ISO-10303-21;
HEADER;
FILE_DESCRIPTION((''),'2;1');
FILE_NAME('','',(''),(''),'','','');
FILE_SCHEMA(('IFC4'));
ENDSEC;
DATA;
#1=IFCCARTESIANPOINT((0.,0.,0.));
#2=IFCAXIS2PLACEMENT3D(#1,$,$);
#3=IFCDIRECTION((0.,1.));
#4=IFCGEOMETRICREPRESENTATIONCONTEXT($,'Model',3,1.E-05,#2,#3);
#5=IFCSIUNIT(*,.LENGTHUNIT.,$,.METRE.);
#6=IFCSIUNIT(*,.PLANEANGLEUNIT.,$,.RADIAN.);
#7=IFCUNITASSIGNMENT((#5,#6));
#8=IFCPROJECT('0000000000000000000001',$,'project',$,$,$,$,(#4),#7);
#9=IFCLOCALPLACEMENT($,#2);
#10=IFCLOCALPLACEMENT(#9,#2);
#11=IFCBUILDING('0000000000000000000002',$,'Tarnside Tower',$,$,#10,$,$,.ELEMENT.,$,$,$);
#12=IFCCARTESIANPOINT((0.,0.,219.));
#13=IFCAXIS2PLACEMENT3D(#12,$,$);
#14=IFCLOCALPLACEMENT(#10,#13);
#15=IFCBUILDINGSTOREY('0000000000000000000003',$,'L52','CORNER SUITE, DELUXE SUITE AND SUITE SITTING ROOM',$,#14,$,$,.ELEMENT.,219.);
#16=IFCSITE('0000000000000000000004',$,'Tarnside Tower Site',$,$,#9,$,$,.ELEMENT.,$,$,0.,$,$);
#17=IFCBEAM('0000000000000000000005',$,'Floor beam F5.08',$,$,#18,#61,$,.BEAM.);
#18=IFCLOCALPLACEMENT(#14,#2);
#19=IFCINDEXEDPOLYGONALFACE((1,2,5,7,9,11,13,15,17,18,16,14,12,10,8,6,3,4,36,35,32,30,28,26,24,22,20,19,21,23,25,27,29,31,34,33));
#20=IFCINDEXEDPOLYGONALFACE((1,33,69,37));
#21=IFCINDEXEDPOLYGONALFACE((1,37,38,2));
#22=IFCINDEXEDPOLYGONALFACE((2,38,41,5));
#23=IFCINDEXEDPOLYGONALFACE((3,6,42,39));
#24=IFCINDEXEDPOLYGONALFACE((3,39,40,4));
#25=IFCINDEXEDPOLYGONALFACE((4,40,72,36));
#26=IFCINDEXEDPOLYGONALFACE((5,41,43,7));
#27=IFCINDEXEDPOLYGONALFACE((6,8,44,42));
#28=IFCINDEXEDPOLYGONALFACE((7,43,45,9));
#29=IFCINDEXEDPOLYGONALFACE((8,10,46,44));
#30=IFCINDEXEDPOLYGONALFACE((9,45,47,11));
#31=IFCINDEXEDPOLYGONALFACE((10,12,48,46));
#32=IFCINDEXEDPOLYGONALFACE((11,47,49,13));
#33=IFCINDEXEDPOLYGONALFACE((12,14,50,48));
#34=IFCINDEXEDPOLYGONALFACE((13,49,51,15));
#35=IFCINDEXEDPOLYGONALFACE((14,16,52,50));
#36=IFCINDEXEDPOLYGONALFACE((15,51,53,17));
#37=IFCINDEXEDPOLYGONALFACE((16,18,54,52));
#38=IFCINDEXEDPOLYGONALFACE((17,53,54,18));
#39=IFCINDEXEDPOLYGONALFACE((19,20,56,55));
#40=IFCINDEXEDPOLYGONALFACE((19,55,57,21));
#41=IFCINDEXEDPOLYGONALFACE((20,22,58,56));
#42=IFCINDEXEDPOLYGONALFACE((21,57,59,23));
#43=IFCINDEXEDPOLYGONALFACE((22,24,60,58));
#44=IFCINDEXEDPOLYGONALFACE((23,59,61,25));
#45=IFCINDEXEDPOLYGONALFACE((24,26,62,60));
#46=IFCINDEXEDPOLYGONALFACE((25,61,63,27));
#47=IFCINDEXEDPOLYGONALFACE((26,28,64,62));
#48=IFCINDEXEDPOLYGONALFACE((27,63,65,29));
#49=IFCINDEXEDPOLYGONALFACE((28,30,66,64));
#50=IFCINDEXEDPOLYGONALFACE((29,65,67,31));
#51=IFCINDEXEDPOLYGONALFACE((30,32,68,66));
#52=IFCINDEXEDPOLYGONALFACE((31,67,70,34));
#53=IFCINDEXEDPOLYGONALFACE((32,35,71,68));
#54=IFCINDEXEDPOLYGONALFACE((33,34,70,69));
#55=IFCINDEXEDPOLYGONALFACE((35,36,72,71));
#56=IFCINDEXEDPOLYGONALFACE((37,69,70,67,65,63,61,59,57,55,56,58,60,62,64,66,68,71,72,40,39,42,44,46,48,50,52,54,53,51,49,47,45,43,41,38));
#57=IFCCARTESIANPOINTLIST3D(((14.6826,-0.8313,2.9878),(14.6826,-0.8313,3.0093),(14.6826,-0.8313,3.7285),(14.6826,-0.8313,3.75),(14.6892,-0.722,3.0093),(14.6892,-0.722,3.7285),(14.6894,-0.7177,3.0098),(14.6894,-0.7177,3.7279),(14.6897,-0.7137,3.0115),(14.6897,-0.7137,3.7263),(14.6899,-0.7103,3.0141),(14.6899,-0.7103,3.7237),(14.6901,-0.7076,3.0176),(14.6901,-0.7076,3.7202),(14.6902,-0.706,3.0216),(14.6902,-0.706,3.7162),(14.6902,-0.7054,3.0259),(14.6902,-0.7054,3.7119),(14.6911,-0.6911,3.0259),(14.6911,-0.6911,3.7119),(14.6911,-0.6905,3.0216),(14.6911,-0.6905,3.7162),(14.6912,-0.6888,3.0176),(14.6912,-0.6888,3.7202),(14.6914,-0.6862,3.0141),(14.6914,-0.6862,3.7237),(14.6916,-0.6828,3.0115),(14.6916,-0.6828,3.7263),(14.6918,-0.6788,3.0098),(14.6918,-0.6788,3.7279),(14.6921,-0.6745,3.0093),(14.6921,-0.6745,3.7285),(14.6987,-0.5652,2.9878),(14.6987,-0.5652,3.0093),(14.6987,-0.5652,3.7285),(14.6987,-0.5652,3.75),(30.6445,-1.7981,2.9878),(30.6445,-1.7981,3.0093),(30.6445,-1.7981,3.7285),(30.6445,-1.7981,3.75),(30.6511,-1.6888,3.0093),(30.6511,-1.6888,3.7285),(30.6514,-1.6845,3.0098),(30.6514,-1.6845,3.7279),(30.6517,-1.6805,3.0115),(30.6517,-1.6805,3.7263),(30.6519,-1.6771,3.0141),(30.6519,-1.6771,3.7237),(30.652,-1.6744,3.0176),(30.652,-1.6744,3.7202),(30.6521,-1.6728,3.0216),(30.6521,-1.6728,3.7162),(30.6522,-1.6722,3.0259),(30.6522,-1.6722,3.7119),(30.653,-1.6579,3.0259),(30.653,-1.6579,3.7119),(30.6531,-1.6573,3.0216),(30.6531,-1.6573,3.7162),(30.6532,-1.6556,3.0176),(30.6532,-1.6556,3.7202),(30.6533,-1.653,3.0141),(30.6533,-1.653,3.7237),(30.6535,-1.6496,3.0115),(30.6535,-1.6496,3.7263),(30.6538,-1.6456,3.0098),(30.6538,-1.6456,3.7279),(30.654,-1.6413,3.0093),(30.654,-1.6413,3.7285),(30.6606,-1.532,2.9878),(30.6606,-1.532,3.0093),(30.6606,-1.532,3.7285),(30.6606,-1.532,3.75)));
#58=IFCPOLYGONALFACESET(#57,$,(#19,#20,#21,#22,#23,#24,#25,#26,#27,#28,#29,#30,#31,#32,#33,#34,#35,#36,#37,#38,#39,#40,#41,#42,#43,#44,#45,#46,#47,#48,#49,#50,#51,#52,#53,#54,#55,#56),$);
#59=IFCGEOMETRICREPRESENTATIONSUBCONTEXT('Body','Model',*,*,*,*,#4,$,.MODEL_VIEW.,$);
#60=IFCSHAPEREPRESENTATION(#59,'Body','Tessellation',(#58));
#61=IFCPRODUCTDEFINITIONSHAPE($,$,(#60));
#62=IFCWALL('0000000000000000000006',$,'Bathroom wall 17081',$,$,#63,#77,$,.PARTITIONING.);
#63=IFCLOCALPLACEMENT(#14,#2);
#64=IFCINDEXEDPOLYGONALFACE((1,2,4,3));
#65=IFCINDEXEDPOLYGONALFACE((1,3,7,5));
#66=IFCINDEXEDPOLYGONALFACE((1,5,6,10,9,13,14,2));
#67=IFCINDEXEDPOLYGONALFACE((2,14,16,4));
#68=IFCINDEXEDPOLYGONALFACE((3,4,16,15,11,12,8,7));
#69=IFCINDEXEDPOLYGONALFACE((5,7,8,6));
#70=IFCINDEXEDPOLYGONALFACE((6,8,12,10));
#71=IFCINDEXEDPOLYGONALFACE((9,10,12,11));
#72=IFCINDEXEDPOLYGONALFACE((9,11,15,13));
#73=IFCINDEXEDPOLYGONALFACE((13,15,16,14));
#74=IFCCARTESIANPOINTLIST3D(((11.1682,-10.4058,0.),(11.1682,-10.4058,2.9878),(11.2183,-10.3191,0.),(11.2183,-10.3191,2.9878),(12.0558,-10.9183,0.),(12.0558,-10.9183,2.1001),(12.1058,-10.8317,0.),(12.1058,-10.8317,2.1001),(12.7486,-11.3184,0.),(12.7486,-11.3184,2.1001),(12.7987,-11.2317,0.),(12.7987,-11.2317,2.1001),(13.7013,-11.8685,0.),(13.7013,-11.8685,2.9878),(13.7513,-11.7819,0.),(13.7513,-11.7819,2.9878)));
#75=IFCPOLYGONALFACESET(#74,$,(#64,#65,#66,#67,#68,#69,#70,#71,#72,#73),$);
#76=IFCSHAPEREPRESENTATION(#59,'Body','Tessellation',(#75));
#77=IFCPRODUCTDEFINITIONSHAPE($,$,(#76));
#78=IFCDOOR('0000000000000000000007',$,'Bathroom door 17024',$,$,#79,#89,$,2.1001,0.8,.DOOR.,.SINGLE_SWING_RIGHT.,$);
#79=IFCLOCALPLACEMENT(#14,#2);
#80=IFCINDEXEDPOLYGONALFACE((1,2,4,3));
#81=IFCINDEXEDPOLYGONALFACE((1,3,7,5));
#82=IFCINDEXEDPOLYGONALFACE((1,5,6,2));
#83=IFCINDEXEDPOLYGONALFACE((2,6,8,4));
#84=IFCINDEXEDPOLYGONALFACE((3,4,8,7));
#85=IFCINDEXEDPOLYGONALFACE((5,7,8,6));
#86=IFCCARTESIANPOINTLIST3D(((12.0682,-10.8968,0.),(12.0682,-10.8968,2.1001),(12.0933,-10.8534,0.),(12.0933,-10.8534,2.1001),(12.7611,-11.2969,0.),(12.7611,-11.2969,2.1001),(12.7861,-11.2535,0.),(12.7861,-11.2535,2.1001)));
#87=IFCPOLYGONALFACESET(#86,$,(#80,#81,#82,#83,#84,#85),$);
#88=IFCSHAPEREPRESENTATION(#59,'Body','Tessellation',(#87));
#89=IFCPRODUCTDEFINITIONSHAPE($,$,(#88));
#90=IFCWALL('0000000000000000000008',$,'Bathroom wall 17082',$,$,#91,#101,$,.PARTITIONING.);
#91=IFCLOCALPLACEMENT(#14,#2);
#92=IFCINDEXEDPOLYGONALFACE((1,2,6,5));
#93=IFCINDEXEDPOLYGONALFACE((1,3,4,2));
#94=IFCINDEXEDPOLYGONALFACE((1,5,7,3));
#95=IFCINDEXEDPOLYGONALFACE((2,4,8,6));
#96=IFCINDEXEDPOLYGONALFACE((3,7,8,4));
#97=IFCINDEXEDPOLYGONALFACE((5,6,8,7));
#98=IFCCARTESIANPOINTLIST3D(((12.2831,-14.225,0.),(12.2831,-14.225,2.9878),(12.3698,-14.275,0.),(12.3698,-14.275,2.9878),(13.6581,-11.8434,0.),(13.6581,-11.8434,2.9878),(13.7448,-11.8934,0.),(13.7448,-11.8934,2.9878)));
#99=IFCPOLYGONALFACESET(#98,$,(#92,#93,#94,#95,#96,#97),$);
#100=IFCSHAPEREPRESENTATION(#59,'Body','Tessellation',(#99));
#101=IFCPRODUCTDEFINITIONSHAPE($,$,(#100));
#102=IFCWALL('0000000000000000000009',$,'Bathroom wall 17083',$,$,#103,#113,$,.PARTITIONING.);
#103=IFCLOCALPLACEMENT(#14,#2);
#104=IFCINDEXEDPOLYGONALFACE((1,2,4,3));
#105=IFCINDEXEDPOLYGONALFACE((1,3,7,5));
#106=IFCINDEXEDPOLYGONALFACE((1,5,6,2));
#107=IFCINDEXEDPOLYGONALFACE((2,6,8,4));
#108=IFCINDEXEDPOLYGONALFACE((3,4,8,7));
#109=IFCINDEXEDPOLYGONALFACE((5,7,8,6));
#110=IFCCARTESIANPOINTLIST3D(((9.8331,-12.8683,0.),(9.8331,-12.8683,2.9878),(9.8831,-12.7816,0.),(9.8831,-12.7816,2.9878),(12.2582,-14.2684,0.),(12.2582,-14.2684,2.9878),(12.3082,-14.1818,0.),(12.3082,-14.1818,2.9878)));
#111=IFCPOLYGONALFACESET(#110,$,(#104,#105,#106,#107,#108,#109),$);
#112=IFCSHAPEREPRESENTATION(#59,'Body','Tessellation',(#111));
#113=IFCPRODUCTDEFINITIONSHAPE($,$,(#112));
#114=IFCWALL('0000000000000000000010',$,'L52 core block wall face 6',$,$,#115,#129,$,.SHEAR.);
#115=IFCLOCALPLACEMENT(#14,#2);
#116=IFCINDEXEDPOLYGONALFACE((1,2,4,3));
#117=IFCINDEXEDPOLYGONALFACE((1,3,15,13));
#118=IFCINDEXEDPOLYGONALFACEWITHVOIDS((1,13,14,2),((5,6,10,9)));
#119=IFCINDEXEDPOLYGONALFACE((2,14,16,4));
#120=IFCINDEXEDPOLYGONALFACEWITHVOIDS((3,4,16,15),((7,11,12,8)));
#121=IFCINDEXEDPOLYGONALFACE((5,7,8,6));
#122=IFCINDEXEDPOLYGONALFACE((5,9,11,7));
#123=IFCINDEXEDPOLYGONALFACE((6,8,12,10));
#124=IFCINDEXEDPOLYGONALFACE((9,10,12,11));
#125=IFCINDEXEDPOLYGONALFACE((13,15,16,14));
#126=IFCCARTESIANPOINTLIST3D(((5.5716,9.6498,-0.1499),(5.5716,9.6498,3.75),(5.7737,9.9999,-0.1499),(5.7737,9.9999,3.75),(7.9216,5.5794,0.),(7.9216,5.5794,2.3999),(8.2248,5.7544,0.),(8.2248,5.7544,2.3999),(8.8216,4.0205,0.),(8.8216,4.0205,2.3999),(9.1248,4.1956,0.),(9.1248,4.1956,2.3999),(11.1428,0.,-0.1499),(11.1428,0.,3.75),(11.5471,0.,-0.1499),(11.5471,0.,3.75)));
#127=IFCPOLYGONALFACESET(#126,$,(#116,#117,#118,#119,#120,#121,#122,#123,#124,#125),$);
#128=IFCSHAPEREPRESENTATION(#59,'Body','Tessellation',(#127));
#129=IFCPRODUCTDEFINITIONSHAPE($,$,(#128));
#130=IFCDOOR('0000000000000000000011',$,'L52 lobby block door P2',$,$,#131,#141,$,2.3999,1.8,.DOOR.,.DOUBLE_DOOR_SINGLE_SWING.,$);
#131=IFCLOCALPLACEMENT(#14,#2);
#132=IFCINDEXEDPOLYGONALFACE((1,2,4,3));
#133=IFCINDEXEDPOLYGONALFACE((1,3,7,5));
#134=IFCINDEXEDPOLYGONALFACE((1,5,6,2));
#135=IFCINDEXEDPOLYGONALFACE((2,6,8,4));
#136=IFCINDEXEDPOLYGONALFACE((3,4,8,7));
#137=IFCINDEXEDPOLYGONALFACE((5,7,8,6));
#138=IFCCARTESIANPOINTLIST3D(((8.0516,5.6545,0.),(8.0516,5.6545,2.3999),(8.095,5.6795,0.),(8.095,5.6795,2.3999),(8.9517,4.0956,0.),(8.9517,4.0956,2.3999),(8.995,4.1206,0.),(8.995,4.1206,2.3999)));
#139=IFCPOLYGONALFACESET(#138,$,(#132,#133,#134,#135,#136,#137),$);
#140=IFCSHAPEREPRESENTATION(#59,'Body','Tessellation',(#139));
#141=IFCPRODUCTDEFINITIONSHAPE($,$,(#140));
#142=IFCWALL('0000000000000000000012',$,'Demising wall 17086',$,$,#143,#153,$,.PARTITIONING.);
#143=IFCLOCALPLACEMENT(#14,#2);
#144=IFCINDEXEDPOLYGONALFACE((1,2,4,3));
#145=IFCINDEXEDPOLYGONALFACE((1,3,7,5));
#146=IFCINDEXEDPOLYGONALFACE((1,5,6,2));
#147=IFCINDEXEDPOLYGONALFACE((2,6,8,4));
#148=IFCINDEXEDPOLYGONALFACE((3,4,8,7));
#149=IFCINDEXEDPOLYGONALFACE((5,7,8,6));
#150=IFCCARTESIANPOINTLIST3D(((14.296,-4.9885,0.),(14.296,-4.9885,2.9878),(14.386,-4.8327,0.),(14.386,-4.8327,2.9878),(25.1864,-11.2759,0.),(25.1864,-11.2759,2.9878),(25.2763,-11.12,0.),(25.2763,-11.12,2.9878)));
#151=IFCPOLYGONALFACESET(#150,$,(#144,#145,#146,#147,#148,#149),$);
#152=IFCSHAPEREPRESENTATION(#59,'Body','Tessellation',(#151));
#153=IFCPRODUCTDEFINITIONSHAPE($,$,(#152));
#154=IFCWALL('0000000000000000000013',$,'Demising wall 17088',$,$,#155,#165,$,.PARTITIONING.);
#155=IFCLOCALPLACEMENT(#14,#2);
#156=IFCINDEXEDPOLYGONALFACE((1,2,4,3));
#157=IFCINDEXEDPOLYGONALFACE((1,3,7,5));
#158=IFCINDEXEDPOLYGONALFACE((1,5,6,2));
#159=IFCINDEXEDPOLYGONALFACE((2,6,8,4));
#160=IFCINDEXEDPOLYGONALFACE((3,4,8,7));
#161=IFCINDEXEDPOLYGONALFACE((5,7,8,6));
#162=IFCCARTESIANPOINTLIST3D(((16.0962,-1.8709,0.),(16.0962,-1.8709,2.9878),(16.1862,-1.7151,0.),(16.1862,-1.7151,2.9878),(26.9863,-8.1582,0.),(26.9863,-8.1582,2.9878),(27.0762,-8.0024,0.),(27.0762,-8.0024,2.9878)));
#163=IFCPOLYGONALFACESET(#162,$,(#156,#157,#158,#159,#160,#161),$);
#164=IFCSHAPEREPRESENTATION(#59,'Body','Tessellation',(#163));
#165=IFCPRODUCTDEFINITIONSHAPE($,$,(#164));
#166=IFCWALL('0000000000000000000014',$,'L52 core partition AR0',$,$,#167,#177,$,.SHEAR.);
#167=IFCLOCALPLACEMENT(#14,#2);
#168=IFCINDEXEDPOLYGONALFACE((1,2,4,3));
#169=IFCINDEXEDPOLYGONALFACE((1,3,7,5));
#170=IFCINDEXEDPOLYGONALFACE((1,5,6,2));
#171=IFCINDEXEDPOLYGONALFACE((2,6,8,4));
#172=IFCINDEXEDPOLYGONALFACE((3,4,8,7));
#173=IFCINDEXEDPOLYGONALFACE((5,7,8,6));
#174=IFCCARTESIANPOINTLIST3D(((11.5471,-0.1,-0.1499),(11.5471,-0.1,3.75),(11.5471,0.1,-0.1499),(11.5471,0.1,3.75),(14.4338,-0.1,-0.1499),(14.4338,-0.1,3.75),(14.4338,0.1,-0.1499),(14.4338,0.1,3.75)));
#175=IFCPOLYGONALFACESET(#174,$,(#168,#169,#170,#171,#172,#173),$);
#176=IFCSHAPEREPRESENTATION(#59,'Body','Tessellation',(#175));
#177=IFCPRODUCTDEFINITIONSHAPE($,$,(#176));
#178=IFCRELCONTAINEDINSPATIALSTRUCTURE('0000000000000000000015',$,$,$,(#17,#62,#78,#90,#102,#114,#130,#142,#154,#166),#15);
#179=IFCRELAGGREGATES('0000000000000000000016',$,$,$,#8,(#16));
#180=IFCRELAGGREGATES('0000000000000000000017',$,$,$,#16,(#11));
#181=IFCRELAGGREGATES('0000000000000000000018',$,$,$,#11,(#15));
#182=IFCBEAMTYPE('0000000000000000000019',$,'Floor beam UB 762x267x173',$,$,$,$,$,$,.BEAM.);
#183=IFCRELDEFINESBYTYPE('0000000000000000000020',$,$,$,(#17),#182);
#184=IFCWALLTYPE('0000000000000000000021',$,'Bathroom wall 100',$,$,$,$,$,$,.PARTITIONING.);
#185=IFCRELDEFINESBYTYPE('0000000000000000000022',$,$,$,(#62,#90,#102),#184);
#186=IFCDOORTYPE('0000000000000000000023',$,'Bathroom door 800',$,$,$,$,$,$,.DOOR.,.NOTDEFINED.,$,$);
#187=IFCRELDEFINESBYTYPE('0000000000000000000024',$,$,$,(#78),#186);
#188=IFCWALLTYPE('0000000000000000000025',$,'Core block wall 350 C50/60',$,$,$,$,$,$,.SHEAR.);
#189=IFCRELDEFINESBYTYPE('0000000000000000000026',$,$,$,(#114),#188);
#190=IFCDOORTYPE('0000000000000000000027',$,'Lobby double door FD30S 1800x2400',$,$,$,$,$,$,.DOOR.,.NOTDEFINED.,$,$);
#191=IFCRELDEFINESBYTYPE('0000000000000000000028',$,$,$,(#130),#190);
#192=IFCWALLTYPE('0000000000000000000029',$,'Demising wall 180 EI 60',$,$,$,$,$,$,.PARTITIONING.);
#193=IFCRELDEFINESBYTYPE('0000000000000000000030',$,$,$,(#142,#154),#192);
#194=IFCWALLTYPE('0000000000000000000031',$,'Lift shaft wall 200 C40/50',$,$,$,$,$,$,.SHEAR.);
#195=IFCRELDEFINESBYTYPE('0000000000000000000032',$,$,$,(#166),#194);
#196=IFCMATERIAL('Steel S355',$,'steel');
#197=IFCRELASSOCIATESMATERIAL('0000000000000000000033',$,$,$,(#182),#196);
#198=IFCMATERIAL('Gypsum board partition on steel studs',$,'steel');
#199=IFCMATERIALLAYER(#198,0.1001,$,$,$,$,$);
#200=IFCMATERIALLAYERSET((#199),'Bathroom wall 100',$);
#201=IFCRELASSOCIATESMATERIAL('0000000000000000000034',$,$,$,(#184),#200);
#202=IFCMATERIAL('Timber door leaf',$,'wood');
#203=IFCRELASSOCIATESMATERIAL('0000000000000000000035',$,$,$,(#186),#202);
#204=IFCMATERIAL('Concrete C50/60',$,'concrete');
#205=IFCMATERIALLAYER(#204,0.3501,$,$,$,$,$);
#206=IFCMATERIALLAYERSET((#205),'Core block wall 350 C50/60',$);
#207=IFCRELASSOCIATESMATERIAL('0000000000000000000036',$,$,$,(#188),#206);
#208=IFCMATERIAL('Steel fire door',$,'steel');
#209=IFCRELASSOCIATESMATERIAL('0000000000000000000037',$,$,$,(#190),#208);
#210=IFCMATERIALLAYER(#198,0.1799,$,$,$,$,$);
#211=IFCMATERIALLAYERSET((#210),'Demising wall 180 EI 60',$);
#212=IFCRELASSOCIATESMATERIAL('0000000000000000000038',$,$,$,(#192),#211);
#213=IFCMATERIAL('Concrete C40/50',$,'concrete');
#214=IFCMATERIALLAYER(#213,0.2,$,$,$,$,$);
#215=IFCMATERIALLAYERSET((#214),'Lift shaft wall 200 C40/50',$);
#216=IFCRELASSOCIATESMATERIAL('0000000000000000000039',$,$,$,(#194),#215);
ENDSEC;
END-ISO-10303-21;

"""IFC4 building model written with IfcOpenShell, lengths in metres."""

from ifc_helpers import new_model, si_unit, direction, frame, frame_2d, origin, origin_2d, place, context, subcontext, project, spatial, polyline, rectangle, i_section, outline, extrude, material, layer, layer_set, material_profile, profile_set, type_object, element, fill, save


model = new_model("IFC4")

# Units and contexts
model_context = context("Model", 3, precision=1e-05, world=origin(), true_north=direction((0.0, 1.0)))
body_context = subcontext(model_context, "Body", "Model", "MODEL_VIEW")
ifc_project = project(units=[si_unit("LENGTHUNIT", "METRE"), si_unit("PLANEANGLEUNIT", "RADIAN")], contexts=[model_context])

# Site, building, storey
site_placement = place(None, origin())
site = spatial("IfcSite", under=ifc_project, at=site_placement, Name="Tarnside Tower Site", CompositionType="ELEMENT", RefElevation=0.0)
building_placement = place(site_placement, origin())
building = spatial("IfcBuilding", under=site, at=building_placement, Name="Tarnside Tower", CompositionType="ELEMENT")
storey_placement = place(building_placement, frame((0.0, 0.0, 219.0)))
storey = spatial("IfcBuildingStorey", under=building, at=storey_placement, Name="L52", Description="CORNER SUITE, DELUXE SUITE AND SUITE SITTING ROOM", CompositionType="ELEMENT", Elevation=219.0)

# Beam
ifc_material_1 = material(Name="Steel S355", Category="steel")
ifc_material_profile_1 = material_profile(ifc_material_1, i_section(OverallWidth=0.2666, OverallDepth=0.7622, WebThickness=0.0144, FlangeThickness=0.0215, FilletRadius=0.0166, at=origin_2d()), Name="UB 762x267x173")
ifc_profile_set_1 = profile_set([ifc_material_profile_1], Name="Steel S355")
beam_type_1 = type_object("IfcBeamType", Name="Floor beam UB 762x267x173", PredefinedType="BEAM", material=ifc_profile_set_1)
beam_1_placement = place(storey_placement, frame((30.6526, -1.665, 3.3689), z_axis=(-0.998171, 0.060458, 0.0), x_axis=(-0.060458, -0.998171, 0.0)))
element("IfcBeam", 1, at=beam_1_placement, inside=storey, type_object=beam_type_1, Name="Floor beam F5.08", PredefinedType="BEAM", context=body_context, shape_type="SweptSolid", body=[
    extrude(i_section(OverallWidth=0.2666, OverallDepth=0.7622, WebThickness=0.0144, FlangeThickness=0.0215, FilletRadius=0.0166, at=origin_2d()), origin(), (0.0, 0.0, 1.0), 15.9912),
])

# Wall, opening, door
ifc_material_2 = material(Name="Gypsum board partition on steel studs", Category="steel")
ifc_layer_1 = layer(ifc_material_2, 0.1001)
ifc_layer_set_1 = layer_set([ifc_layer_1], Name="Bathroom wall 100")
wall_type_1 = type_object("IfcWallType", Name="Bathroom wall 100", PredefinedType="PARTITIONING", material=ifc_layer_set_1)
wall_1_placement = place(storey_placement, frame((11.1934, -10.3625, 0.0), z_axis=(0.0, 0.0, 1.0), x_axis=(0.86599, -0.500062, 0.0)))
wall_1 = element("IfcWall", 2, at=wall_1_placement, inside=storey, type_object=wall_type_1, Name="Bathroom wall 17081", PredefinedType="PARTITIONING", context=body_context, shape_type="SweptSolid", body=[
    extrude(rectangle(XDim=2.925, YDim=0.1001, at=frame_2d((1.4624, 0.0))), origin(), (0.0, 0.0, 1.0), 2.9878),
])
opening_1_placement = place(wall_1_placement, frame((1.0249, 0.0, 0.0)))
opening_1 = element("IfcOpeningElement", 3, at=opening_1_placement, cuts=wall_1, PredefinedType="OPENING", context=body_context, shape_type="SweptSolid", body=[
    extrude(rectangle(XDim=0.8, YDim=2.1001, at=frame_2d((0.3999, 1.05))), frame((0.0, 0.0601, 0.0), z_axis=(0.0, -1.0, 0.0), x_axis=(1.0, 0.0, 0.0)), (0.0, 0.0, 1.0), 0.1201),
])
ifc_material_3 = material(Name="Timber door leaf", Category="wood")
door_type_1 = type_object("IfcDoorType", Name="Bathroom door 800", OperationType="NOTDEFINED", PredefinedType="DOOR", material=ifc_material_3)
door_1_placement = place(opening_1_placement, origin())
door_1 = element("IfcDoor", 4, at=door_1_placement, inside=storey, type_object=door_type_1, Name="Bathroom door 17024", OperationType="SINGLE_SWING_RIGHT", OverallHeight=2.1001, OverallWidth=0.8, PredefinedType="DOOR", context=body_context, shape_type="SweptSolid", body=[
    extrude(rectangle(XDim=0.8, YDim=2.1001, at=frame_2d((0.3999, 1.05))), frame((0.0, 0.0249, 0.0), z_axis=(0.0, -1.0, 0.0), x_axis=(1.0, 0.0, 0.0)), (0.0, 0.0, 1.0), 0.05),
])
fill(opening_1, door_1)

# Walls
wall_2_placement = place(storey_placement, frame((13.7014, -11.8684, 0.0), z_axis=(0.0, 0.0, 1.0), x_axis=(-0.499997, -0.866027, 0.0)))
element("IfcWall", 5, at=wall_2_placement, inside=storey, type_object=wall_type_1, Name="Bathroom wall 17082", PredefinedType="PARTITIONING", context=body_context, shape_type="SweptSolid", body=[
    extrude(rectangle(XDim=2.75, YDim=0.1001, at=frame_2d((1.375, 0.0))), origin(), (0.0, 0.0, 1.0), 2.9878),
])
wall_3_placement = place(storey_placement, frame((12.2832, -14.2251, 0.0), z_axis=(0.0, 0.0, 1.0), x_axis=(-0.866019, 0.500012, 0.0)))
element("IfcWall", 6, at=wall_3_placement, inside=storey, type_object=wall_type_1, Name="Bathroom wall 17083", PredefinedType="PARTITIONING", context=body_context, shape_type="SweptSolid", body=[
    extrude(rectangle(XDim=2.8003, YDim=0.1001, at=frame_2d((1.4001, 0.0))), origin(), (0.0, 0.0, 1.0), 2.9878),
])

# Wall, opening, door
ifc_material_4 = material(Name="Concrete C50/60", Category="concrete")
ifc_layer_2 = layer(ifc_material_4, 0.3501)
ifc_layer_set_2 = layer_set([ifc_layer_2], Name="Core block wall 350 C50/60")
wall_type_2 = type_object("IfcWallType", Name="Core block wall 350 C50/60", PredefinedType="SHEAR", material=ifc_layer_set_2)
wall_4_placement = place(storey_placement, frame((11.345, 0.0, -0.1499), z_axis=(0.0, 0.0, 1.0), x_axis=(-0.499995, 0.866028, 0.0)))
wall_4 = element("IfcWall", 7, at=wall_4_placement, inside=storey, type_object=wall_type_2, Name="L52 core block wall face 6", PredefinedType="SHEAR", context=body_context, shape_type="SweptSolid", body=[
    extrude(outline(polyline([(-0.1011, -0.175), (11.4458, -0.175), (11.2437, 0.175), (0.1011, 0.175), (-0.1011, -0.175)])), origin(), (0.0, 0.0, 1.0), 3.8999),
])
opening_2_placement = place(wall_4_placement, frame((4.7437, 0.0, 0.1499)))
opening_2 = element("IfcOpeningElement", 8, at=opening_2_placement, cuts=wall_4, PredefinedType="OPENING", context=body_context, shape_type="SweptSolid", body=[
    extrude(rectangle(XDim=1.8, YDim=2.3999, at=frame_2d((0.8999, 1.2))), frame((0.0, 0.1851, 0.0), z_axis=(0.0, -1.0, 0.0), x_axis=(1.0, 0.0, 0.0)), (0.0, 0.0, 1.0), 0.3701),
])
ifc_material_5 = material(Name="Steel fire door", Category="steel")
door_type_2 = type_object("IfcDoorType", Name="Lobby double door FD30S 1800x2400", OperationType="NOTDEFINED", PredefinedType="DOOR", material=ifc_material_5)
door_2_placement = place(opening_2_placement, origin())
door_2 = element("IfcDoor", 9, at=door_2_placement, inside=storey, type_object=door_type_2, Name="L52 lobby block door P2", OperationType="DOUBLE_DOOR_SINGLE_SWING", OverallHeight=2.3999, OverallWidth=1.8, PredefinedType="DOOR", context=body_context, shape_type="SweptSolid", body=[
    extrude(rectangle(XDim=1.8, YDim=2.3999, at=frame_2d((0.8999, 1.2))), frame((0.0, 0.0249, 0.0), z_axis=(0.0, -1.0, 0.0), x_axis=(1.0, 0.0, 0.0)), (0.0, 0.0, 1.0), 0.05),
])
fill(opening_2, door_2)

# Walls
ifc_layer_3 = layer(ifc_material_2, 0.1799)
ifc_layer_set_3 = layer_set([ifc_layer_3], Name="Demising wall 180 EI 60")
wall_type_3 = type_object("IfcWallType", Name="Demising wall 180 EI 60", PredefinedType="PARTITIONING", material=ifc_layer_set_3)
wall_5_placement = place(storey_placement, frame((25.2314, -11.198, 0.0), z_axis=(0.0, 0.0, 1.0), x_axis=(-0.866033, 0.499987, 0.0)))
element("IfcWall", 10, at=wall_5_placement, inside=storey, type_object=wall_type_3, Name="Demising wall 17086", PredefinedType="PARTITIONING", context=body_context, shape_type="SweptSolid", body=[
    extrude(rectangle(XDim=12.575, YDim=0.1799, at=frame_2d((6.2876, 0.0))), origin(), (0.0, 0.0, 1.0), 2.9878),
])
wall_6_placement = place(storey_placement, frame((27.0312, -8.0803, 0.0), z_axis=(0.0, 0.0, 1.0), x_axis=(-0.866028, 0.499996, 0.0)))
element("IfcWall", 11, at=wall_6_placement, inside=storey, type_object=wall_type_3, Name="Demising wall 17088", PredefinedType="PARTITIONING", context=body_context, shape_type="SweptSolid", body=[
    extrude(rectangle(XDim=12.5747, YDim=0.1799, at=frame_2d((6.2874, 0.0))), origin(), (0.0, 0.0, 1.0), 2.9878),
])
ifc_material_6 = material(Name="Concrete C40/50", Category="concrete")
ifc_layer_4 = layer(ifc_material_6, 0.2)
ifc_layer_set_4 = layer_set([ifc_layer_4], Name="Lift shaft wall 200 C40/50")
wall_type_4 = type_object("IfcWallType", Name="Lift shaft wall 200 C40/50", PredefinedType="SHEAR", material=ifc_layer_set_4)
wall_7_placement = place(storey_placement, frame((11.5471, 0.0, -0.1499), z_axis=(0.0, 0.0, 1.0), x_axis=(1.0, 0.0, 0.0)))
element("IfcWall", 12, at=wall_7_placement, inside=storey, type_object=wall_type_4, Name="L52 core partition AR0", PredefinedType="SHEAR", context=body_context, shape_type="SweptSolid", body=[
    extrude(rectangle(XDim=2.8867, YDim=0.2, at=frame_2d((1.4434, 0.0))), origin(), (0.0, 0.0, 1.0), 3.8999),
])

save(model, "model.ifc")
